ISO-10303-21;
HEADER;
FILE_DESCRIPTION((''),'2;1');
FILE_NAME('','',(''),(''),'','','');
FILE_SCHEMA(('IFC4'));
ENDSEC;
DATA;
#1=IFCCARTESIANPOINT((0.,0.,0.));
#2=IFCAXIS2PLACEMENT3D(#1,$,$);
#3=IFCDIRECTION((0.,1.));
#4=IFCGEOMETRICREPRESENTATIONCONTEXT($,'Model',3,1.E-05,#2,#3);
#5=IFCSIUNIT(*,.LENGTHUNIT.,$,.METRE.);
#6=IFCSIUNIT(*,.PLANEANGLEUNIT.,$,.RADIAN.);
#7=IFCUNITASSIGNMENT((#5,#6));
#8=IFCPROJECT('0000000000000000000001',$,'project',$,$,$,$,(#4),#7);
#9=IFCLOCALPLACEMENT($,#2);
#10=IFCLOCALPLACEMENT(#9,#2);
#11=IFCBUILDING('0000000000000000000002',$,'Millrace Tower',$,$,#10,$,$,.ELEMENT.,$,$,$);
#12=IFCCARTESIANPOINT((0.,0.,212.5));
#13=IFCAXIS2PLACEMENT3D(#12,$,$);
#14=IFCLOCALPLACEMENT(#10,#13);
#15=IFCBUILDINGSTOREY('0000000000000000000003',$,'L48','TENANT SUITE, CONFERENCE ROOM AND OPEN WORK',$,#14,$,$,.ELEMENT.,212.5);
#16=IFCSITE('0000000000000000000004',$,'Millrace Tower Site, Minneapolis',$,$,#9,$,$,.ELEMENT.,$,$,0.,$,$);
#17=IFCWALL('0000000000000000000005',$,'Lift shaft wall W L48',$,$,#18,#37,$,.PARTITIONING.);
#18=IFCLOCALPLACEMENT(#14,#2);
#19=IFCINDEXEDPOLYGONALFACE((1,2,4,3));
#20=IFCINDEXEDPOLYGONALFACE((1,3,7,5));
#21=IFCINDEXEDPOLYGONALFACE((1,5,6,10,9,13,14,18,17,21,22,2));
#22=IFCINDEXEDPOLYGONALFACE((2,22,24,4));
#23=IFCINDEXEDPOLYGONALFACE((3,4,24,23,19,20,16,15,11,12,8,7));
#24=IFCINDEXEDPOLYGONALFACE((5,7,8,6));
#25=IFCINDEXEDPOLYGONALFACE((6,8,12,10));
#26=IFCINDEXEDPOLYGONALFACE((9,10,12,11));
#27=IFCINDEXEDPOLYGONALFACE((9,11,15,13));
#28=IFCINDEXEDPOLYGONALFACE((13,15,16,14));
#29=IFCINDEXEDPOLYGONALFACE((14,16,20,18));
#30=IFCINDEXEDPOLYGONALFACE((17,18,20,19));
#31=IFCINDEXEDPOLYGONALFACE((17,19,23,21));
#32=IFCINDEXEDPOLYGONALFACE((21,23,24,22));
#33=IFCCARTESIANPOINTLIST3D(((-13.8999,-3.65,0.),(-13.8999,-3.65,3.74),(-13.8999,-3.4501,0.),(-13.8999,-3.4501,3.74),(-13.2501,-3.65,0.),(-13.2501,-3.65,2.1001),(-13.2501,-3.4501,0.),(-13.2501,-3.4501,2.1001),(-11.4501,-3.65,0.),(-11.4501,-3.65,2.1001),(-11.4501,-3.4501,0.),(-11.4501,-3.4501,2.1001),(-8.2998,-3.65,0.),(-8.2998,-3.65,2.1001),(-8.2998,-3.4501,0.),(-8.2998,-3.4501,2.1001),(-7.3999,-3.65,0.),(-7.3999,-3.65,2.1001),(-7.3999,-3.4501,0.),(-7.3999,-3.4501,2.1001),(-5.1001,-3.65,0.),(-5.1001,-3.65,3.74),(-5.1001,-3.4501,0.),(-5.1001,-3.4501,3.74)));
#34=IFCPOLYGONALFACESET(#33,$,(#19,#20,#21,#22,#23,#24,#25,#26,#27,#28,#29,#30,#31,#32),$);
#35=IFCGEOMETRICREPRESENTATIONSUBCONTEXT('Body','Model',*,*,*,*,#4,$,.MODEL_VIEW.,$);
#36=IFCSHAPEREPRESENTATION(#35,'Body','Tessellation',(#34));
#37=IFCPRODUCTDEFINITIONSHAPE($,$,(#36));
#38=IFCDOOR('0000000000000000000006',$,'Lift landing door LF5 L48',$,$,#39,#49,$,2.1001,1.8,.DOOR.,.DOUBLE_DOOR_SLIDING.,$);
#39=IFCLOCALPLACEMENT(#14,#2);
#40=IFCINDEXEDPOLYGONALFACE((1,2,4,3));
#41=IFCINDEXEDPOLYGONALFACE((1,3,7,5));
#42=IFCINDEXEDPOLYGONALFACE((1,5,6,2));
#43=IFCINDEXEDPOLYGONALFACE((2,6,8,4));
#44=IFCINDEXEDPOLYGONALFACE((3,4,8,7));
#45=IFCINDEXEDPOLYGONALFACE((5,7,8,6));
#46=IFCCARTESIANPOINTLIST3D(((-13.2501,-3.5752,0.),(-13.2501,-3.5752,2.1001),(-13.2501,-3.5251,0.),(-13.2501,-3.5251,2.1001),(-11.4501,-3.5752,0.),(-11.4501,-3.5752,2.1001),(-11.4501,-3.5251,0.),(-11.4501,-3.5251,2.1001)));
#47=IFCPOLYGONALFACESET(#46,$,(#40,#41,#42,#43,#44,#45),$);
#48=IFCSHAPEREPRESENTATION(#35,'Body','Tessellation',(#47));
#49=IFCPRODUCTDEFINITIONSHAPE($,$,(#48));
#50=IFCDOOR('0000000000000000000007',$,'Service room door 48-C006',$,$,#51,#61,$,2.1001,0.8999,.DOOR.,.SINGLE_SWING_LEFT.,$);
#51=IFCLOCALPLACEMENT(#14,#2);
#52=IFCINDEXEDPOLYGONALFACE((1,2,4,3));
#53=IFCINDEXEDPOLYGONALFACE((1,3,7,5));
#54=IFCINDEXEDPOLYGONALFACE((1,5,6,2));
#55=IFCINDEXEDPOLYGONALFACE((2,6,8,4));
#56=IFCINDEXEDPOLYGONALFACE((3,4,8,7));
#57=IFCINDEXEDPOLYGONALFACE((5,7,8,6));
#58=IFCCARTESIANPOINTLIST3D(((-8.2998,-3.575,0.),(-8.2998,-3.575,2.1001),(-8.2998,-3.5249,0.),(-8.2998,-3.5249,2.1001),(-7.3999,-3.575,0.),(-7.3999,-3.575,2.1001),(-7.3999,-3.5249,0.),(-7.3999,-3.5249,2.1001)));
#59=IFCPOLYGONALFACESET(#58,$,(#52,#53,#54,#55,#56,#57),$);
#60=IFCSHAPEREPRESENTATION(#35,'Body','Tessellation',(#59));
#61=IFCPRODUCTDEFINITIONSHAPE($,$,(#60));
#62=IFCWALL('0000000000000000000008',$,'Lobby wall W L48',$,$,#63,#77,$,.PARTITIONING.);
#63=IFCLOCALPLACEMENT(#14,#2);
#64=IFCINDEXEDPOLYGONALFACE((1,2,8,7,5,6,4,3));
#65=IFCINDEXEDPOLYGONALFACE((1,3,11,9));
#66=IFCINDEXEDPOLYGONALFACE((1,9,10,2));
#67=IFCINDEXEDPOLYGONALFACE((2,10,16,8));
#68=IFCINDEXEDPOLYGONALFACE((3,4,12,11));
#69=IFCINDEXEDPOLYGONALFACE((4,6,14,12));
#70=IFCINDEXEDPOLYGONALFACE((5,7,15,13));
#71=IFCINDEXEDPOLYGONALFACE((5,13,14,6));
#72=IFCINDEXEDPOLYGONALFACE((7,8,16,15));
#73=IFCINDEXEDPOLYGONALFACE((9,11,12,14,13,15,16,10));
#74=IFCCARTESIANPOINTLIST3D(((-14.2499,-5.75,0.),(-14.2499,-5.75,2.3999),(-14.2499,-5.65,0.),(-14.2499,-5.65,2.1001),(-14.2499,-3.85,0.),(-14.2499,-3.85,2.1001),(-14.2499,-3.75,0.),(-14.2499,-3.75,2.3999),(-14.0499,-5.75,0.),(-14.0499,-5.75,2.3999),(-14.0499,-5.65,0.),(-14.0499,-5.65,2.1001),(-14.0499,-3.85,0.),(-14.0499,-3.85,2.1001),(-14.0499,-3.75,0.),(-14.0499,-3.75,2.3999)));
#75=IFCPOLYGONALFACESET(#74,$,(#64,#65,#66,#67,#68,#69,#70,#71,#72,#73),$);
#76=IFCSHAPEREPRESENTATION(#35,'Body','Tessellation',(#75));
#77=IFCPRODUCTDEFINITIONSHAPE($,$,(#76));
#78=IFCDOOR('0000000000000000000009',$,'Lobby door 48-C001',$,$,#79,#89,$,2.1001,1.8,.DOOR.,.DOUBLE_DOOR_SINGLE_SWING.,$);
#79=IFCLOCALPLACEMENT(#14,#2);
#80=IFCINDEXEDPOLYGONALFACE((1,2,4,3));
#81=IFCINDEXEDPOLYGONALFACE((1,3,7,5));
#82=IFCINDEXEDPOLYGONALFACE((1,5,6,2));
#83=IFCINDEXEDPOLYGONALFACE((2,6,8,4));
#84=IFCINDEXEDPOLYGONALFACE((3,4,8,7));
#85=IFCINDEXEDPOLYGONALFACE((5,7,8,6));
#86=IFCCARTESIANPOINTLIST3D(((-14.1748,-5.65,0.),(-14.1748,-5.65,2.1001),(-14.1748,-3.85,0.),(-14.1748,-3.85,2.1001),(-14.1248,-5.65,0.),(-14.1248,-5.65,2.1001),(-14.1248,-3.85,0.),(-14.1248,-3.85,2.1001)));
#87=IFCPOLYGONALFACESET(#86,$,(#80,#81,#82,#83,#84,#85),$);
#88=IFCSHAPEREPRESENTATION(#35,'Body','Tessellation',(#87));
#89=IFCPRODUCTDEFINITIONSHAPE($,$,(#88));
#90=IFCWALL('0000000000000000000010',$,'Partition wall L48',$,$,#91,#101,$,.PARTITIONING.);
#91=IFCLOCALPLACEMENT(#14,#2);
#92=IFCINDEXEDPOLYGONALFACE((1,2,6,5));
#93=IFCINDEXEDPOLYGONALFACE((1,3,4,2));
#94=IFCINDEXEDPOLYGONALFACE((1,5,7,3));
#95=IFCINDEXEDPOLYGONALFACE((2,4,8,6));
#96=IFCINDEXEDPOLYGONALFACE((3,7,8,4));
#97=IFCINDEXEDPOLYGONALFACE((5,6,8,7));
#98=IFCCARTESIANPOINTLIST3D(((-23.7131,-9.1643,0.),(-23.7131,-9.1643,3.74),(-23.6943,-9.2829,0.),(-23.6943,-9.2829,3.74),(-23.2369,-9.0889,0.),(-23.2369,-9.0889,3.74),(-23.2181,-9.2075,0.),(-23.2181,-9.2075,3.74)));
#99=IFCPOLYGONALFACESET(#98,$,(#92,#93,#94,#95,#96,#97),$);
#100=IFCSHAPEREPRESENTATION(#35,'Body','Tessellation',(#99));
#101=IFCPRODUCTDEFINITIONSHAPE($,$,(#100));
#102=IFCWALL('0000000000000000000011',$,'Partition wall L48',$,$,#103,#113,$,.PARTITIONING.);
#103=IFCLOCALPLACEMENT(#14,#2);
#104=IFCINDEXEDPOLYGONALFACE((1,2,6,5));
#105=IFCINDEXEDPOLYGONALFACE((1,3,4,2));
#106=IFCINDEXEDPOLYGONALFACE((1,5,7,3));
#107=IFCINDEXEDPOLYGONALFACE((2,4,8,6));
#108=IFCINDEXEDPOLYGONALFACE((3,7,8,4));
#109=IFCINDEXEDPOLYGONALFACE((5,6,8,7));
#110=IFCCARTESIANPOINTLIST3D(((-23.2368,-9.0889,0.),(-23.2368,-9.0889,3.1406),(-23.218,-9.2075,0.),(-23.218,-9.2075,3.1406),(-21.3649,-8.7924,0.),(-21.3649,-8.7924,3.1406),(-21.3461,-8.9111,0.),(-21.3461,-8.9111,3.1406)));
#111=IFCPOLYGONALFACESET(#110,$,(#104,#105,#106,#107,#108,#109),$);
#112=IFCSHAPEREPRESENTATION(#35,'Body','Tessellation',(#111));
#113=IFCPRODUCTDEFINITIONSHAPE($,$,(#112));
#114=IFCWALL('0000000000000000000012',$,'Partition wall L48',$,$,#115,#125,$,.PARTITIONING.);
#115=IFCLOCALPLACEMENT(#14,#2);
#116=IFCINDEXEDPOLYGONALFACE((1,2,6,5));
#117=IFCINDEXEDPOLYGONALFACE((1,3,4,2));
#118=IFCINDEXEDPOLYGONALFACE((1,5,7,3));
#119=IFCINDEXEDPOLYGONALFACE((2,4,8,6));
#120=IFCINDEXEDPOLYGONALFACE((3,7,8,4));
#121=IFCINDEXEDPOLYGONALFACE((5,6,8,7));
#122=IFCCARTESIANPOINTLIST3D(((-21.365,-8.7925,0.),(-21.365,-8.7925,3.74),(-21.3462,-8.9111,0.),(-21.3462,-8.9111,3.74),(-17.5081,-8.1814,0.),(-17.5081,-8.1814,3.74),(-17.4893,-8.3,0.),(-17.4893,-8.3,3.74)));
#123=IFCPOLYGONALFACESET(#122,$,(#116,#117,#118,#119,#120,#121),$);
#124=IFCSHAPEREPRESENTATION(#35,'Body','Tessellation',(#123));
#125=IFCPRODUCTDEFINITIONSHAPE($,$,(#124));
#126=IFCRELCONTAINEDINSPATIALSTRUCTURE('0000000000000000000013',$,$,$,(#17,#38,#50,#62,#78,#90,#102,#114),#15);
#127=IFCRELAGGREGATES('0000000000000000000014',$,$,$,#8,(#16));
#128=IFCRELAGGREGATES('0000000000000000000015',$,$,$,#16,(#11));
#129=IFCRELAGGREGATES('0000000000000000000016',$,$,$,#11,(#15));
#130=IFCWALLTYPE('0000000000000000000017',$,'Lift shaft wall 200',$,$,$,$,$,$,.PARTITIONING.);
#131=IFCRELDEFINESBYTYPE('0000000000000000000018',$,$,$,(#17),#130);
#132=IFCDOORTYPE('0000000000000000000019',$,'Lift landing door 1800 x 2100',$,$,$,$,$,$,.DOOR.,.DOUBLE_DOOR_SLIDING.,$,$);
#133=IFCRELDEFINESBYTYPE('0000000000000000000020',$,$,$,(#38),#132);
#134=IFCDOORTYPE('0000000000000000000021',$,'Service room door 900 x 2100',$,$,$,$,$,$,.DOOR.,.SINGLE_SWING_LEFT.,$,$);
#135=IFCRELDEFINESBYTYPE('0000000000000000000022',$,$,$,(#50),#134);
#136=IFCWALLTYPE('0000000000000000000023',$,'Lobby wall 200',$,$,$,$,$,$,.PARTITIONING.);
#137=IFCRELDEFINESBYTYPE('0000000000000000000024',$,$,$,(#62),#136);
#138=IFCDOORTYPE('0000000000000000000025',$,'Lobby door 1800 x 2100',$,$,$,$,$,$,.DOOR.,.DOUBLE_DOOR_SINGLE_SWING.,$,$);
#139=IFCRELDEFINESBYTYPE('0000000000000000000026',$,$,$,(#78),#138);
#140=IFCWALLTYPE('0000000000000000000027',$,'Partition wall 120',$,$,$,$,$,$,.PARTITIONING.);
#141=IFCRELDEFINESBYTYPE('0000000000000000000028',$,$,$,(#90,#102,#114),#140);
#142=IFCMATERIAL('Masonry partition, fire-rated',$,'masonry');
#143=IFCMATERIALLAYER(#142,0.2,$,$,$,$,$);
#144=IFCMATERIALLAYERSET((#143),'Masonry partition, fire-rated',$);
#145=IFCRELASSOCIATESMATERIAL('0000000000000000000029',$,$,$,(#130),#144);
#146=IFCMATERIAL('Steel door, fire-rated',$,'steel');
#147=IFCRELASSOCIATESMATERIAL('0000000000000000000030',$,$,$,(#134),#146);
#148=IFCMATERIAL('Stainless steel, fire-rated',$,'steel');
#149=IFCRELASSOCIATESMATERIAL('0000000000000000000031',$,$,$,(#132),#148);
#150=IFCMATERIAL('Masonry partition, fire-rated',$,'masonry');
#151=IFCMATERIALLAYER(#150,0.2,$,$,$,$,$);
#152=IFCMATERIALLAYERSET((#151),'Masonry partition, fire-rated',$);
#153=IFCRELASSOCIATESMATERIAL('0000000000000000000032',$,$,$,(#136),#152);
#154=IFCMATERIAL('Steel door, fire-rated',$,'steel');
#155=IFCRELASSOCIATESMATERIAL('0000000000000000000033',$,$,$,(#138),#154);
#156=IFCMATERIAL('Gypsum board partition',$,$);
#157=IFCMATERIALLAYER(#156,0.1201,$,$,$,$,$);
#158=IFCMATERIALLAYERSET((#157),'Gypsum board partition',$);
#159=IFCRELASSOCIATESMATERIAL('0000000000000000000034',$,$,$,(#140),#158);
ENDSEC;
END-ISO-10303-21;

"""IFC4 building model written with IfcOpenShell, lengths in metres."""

from ifc_helpers import new_model, si_unit, direction, frame, frame_2d, origin, place, context, subcontext, project, spatial, rectangle, extrude, material, layer, layer_set, type_object, element, fill, save


model = new_model("IFC4")

# Units and contexts
model_context = context("Model", 3, precision=1e-05, world=origin(), true_north=direction((0.0, 1.0)))
body_context = subcontext(model_context, "Body", "Model", "MODEL_VIEW")
ifc_project = project(units=[si_unit("LENGTHUNIT", "METRE"), si_unit("PLANEANGLEUNIT", "RADIAN")], contexts=[model_context])

# Site, building, storey
site_placement = place(None, origin())
site = spatial("IfcSite", under=ifc_project, at=site_placement, Name="Millrace Tower Site, Minneapolis", CompositionType="ELEMENT", RefElevation=0.0)
building_placement = place(site_placement, origin())
building = spatial("IfcBuilding", under=site, at=building_placement, Name="Millrace Tower", CompositionType="ELEMENT")
storey_placement = place(building_placement, frame((0.0, 0.0, 212.5)))
storey = spatial("IfcBuildingStorey", under=building, at=storey_placement, Name="L48", Description="TENANT SUITE, CONFERENCE ROOM AND OPEN WORK", CompositionType="ELEMENT", Elevation=212.5)

# Wall, openings, doors
ifc_material_1 = material(Name="Masonry partition, fire-rated", Category="masonry")
ifc_layer_1 = layer(ifc_material_1, 0.2)
ifc_layer_set_1 = layer_set([ifc_layer_1], Name="Masonry partition, fire-rated")
wall_type_1 = type_object("IfcWallType", Name="Lift shaft wall 200", PredefinedType="PARTITIONING", material=ifc_layer_set_1)
ifc_material_2 = material(Name="Steel door, fire-rated", Category="steel")
door_type_1 = type_object("IfcDoorType", Name="Service room door 900 x 2100", OperationType="SINGLE_SWING_LEFT", PredefinedType="DOOR", material=ifc_material_2)
wall_1_placement = place(storey_placement, frame((-13.8999, -3.55, 0.0), z_axis=(0.0, 0.0, 1.0), x_axis=(1.0, 0.0, 0.0)))
wall_1 = element("IfcWall", 1, at=wall_1_placement, inside=storey, type_object=wall_type_1, Name="Lift shaft wall W L48", PredefinedType="PARTITIONING", context=body_context, shape_type="SweptSolid", body=[
    extrude(rectangle(XDim=8.7998, YDim=0.2, at=frame_2d((4.3999, 0.0))), origin(), (0.0, 0.0, 1.0), 3.74),
])
opening_1_placement = place(wall_1_placement, frame((0.6499, 0.0, 0.0)))
opening_1 = element("IfcOpeningElement", 2, at=opening_1_placement, cuts=wall_1, PredefinedType="OPENING", context=body_context, shape_type="SweptSolid", body=[
    extrude(rectangle(XDim=1.8, YDim=2.1001, at=frame_2d((0.8999, 1.05))), frame((0.0, 0.1099, 0.0), z_axis=(0.0, -1.0, 0.0), x_axis=(1.0, 0.0, 0.0)), (0.0, 0.0, 1.0), 0.22),
])
opening_2_placement = place(wall_1_placement, frame((5.6001, 0.0, 0.0)))
opening_2 = element("IfcOpeningElement", 3, at=opening_2_placement, cuts=wall_1, PredefinedType="OPENING", context=body_context, shape_type="SweptSolid", body=[
    extrude(rectangle(XDim=0.8999, YDim=2.1001, at=frame_2d((0.45, 1.05))), frame((0.0, 0.1099, 0.0), z_axis=(0.0, -1.0, 0.0), x_axis=(1.0, 0.0, 0.0)), (0.0, 0.0, 1.0), 0.22),
])
ifc_material_3 = material(Name="Stainless steel, fire-rated", Category="steel")
door_type_2 = type_object("IfcDoorType", Name="Lift landing door 1800 x 2100", OperationType="DOUBLE_DOOR_SLIDING", PredefinedType="DOOR", material=ifc_material_3)
door_1_placement = place(opening_1_placement, origin())
door_1 = element("IfcDoor", 4, at=door_1_placement, inside=storey, type_object=door_type_2, Name="Lift landing door LF5 L48", OperationType="DOUBLE_DOOR_SLIDING", OverallHeight=2.1001, OverallWidth=1.8, PredefinedType="DOOR", context=body_context, shape_type="SweptSolid", body=[
    extrude(rectangle(XDim=1.8, YDim=2.1001, at=frame_2d((0.8999, 1.05))), frame((0.0, 0.0249, 0.0), z_axis=(0.0, -1.0, 0.0), x_axis=(1.0, 0.0, 0.0)), (0.0, 0.0, 1.0), 0.05),
])
fill(opening_1, door_1)
door_2_placement = place(opening_2_placement, frame((0.8999, 0.0, 0.0), z_axis=(0.0, 0.0, 1.0), x_axis=(-1.0, 0.0, 0.0)))
door_2 = element("IfcDoor", 5, at=door_2_placement, inside=storey, type_object=door_type_1, Name="Service room door 48-C006", OperationType="SINGLE_SWING_LEFT", OverallHeight=2.1001, OverallWidth=0.8999, PredefinedType="DOOR", context=body_context, shape_type="SweptSolid", body=[
    extrude(rectangle(XDim=0.8999, YDim=2.1001, at=frame_2d((0.45, 1.05))), frame((0.0, 0.0249, 0.0), z_axis=(0.0, -1.0, 0.0), x_axis=(1.0, 0.0, 0.0)), (0.0, 0.0, 1.0), 0.05),
])
fill(opening_2, door_2)

# Wall, opening, door
ifc_material_4 = material(Name="Masonry partition, fire-rated", Category="masonry")
ifc_layer_2 = layer(ifc_material_4, 0.2)
ifc_layer_set_2 = layer_set([ifc_layer_2], Name="Masonry partition, fire-rated")
wall_type_2 = type_object("IfcWallType", Name="Lobby wall 200", PredefinedType="PARTITIONING", material=ifc_layer_set_2)
wall_2_placement = place(storey_placement, frame((-14.1499, -5.75, 0.0), z_axis=(0.0, 0.0, 1.0), x_axis=(0.0, 1.0, 0.0)))
wall_2 = element("IfcWall", 6, at=wall_2_placement, inside=storey, type_object=wall_type_2, Name="Lobby wall W L48", PredefinedType="PARTITIONING", context=body_context, shape_type="SweptSolid", body=[
    extrude(rectangle(XDim=2.0, YDim=0.2, at=frame_2d((1.0, 0.0))), origin(), (0.0, 0.0, 1.0), 2.3999),
])
opening_3_placement = place(wall_2_placement, frame((0.1001, 0.0, 0.0)))
opening_3 = element("IfcOpeningElement", 7, at=opening_3_placement, cuts=wall_2, PredefinedType="OPENING", context=body_context, shape_type="SweptSolid", body=[
    extrude(rectangle(XDim=1.8, YDim=2.1001, at=frame_2d((0.8999, 1.05))), frame((0.0, 0.1099, 0.0), z_axis=(0.0, -1.0, 0.0), x_axis=(1.0, 0.0, 0.0)), (0.0, 0.0, 1.0), 0.22),
])
ifc_material_5 = material(Name="Steel door, fire-rated", Category="steel")
door_type_3 = type_object("IfcDoorType", Name="Lobby door 1800 x 2100", OperationType="DOUBLE_DOOR_SINGLE_SWING", PredefinedType="DOOR", material=ifc_material_5)
door_3_placement = place(opening_3_placement, origin())
door_3 = element("IfcDoor", 8, at=door_3_placement, inside=storey, type_object=door_type_3, Name="Lobby door 48-C001", OperationType="DOUBLE_DOOR_SINGLE_SWING", OverallHeight=2.1001, OverallWidth=1.8, PredefinedType="DOOR", context=body_context, shape_type="SweptSolid", body=[
    extrude(rectangle(XDim=1.8, YDim=2.1001, at=frame_2d((0.8999, 1.05))), frame((0.0, 0.0249, 0.0), z_axis=(0.0, -1.0, 0.0), x_axis=(1.0, 0.0, 0.0)), (0.0, 0.0, 1.0), 0.05),
])
fill(opening_3, door_3)

# Walls
ifc_material_6 = material(Name="Gypsum board partition")
ifc_layer_3 = layer(ifc_material_6, 0.1201)
ifc_layer_set_3 = layer_set([ifc_layer_3], Name="Gypsum board partition")
wall_type_3 = type_object("IfcWallType", Name="Partition wall 120", PredefinedType="PARTITIONING", material=ifc_layer_set_3)
wall_3_placement = place(storey_placement, frame((-23.7039, -9.2236, 0.0), z_axis=(0.0, 0.0, 1.0), x_axis=(0.987689, 0.15643, 0.0)))
element("IfcWall", 9, at=wall_3_placement, inside=storey, type_object=wall_type_3, Name="Partition wall L48", PredefinedType="PARTITIONING", context=body_context, shape_type="SweptSolid", body=[
    extrude(rectangle(XDim=0.4822, YDim=0.1201, at=frame_2d((0.2412, 0.0))), origin(), (0.0, 0.0, 1.0), 3.74),
])
wall_4_placement = place(storey_placement, frame((-23.2275, -9.1482, 0.0), z_axis=(0.0, 0.0, 1.0), x_axis=(0.987695, 0.156393, 0.0)))
element("IfcWall", 10, at=wall_4_placement, inside=storey, type_object=wall_type_3, Name="Partition wall L48", PredefinedType="PARTITIONING", context=body_context, shape_type="SweptSolid", body=[
    extrude(rectangle(XDim=1.8953, YDim=0.1201, at=frame_2d((0.9478, 0.0))), origin(), (0.0, 0.0, 1.0), 3.1406),
])
wall_5_placement = place(storey_placement, frame((-21.3557, -8.8518, 0.0), z_axis=(0.0, 0.0, 1.0), x_axis=(0.98768, 0.156486, 0.0)))
element("IfcWall", 11, at=wall_5_placement, inside=storey, type_object=wall_type_3, Name="Partition wall L48", PredefinedType="PARTITIONING", context=body_context, shape_type="SweptSolid", body=[
    extrude(rectangle(XDim=3.905, YDim=0.1201, at=frame_2d((1.9526, 0.0))), origin(), (0.0, 0.0, 1.0), 3.74),
])

save(model, "model.ifc")
